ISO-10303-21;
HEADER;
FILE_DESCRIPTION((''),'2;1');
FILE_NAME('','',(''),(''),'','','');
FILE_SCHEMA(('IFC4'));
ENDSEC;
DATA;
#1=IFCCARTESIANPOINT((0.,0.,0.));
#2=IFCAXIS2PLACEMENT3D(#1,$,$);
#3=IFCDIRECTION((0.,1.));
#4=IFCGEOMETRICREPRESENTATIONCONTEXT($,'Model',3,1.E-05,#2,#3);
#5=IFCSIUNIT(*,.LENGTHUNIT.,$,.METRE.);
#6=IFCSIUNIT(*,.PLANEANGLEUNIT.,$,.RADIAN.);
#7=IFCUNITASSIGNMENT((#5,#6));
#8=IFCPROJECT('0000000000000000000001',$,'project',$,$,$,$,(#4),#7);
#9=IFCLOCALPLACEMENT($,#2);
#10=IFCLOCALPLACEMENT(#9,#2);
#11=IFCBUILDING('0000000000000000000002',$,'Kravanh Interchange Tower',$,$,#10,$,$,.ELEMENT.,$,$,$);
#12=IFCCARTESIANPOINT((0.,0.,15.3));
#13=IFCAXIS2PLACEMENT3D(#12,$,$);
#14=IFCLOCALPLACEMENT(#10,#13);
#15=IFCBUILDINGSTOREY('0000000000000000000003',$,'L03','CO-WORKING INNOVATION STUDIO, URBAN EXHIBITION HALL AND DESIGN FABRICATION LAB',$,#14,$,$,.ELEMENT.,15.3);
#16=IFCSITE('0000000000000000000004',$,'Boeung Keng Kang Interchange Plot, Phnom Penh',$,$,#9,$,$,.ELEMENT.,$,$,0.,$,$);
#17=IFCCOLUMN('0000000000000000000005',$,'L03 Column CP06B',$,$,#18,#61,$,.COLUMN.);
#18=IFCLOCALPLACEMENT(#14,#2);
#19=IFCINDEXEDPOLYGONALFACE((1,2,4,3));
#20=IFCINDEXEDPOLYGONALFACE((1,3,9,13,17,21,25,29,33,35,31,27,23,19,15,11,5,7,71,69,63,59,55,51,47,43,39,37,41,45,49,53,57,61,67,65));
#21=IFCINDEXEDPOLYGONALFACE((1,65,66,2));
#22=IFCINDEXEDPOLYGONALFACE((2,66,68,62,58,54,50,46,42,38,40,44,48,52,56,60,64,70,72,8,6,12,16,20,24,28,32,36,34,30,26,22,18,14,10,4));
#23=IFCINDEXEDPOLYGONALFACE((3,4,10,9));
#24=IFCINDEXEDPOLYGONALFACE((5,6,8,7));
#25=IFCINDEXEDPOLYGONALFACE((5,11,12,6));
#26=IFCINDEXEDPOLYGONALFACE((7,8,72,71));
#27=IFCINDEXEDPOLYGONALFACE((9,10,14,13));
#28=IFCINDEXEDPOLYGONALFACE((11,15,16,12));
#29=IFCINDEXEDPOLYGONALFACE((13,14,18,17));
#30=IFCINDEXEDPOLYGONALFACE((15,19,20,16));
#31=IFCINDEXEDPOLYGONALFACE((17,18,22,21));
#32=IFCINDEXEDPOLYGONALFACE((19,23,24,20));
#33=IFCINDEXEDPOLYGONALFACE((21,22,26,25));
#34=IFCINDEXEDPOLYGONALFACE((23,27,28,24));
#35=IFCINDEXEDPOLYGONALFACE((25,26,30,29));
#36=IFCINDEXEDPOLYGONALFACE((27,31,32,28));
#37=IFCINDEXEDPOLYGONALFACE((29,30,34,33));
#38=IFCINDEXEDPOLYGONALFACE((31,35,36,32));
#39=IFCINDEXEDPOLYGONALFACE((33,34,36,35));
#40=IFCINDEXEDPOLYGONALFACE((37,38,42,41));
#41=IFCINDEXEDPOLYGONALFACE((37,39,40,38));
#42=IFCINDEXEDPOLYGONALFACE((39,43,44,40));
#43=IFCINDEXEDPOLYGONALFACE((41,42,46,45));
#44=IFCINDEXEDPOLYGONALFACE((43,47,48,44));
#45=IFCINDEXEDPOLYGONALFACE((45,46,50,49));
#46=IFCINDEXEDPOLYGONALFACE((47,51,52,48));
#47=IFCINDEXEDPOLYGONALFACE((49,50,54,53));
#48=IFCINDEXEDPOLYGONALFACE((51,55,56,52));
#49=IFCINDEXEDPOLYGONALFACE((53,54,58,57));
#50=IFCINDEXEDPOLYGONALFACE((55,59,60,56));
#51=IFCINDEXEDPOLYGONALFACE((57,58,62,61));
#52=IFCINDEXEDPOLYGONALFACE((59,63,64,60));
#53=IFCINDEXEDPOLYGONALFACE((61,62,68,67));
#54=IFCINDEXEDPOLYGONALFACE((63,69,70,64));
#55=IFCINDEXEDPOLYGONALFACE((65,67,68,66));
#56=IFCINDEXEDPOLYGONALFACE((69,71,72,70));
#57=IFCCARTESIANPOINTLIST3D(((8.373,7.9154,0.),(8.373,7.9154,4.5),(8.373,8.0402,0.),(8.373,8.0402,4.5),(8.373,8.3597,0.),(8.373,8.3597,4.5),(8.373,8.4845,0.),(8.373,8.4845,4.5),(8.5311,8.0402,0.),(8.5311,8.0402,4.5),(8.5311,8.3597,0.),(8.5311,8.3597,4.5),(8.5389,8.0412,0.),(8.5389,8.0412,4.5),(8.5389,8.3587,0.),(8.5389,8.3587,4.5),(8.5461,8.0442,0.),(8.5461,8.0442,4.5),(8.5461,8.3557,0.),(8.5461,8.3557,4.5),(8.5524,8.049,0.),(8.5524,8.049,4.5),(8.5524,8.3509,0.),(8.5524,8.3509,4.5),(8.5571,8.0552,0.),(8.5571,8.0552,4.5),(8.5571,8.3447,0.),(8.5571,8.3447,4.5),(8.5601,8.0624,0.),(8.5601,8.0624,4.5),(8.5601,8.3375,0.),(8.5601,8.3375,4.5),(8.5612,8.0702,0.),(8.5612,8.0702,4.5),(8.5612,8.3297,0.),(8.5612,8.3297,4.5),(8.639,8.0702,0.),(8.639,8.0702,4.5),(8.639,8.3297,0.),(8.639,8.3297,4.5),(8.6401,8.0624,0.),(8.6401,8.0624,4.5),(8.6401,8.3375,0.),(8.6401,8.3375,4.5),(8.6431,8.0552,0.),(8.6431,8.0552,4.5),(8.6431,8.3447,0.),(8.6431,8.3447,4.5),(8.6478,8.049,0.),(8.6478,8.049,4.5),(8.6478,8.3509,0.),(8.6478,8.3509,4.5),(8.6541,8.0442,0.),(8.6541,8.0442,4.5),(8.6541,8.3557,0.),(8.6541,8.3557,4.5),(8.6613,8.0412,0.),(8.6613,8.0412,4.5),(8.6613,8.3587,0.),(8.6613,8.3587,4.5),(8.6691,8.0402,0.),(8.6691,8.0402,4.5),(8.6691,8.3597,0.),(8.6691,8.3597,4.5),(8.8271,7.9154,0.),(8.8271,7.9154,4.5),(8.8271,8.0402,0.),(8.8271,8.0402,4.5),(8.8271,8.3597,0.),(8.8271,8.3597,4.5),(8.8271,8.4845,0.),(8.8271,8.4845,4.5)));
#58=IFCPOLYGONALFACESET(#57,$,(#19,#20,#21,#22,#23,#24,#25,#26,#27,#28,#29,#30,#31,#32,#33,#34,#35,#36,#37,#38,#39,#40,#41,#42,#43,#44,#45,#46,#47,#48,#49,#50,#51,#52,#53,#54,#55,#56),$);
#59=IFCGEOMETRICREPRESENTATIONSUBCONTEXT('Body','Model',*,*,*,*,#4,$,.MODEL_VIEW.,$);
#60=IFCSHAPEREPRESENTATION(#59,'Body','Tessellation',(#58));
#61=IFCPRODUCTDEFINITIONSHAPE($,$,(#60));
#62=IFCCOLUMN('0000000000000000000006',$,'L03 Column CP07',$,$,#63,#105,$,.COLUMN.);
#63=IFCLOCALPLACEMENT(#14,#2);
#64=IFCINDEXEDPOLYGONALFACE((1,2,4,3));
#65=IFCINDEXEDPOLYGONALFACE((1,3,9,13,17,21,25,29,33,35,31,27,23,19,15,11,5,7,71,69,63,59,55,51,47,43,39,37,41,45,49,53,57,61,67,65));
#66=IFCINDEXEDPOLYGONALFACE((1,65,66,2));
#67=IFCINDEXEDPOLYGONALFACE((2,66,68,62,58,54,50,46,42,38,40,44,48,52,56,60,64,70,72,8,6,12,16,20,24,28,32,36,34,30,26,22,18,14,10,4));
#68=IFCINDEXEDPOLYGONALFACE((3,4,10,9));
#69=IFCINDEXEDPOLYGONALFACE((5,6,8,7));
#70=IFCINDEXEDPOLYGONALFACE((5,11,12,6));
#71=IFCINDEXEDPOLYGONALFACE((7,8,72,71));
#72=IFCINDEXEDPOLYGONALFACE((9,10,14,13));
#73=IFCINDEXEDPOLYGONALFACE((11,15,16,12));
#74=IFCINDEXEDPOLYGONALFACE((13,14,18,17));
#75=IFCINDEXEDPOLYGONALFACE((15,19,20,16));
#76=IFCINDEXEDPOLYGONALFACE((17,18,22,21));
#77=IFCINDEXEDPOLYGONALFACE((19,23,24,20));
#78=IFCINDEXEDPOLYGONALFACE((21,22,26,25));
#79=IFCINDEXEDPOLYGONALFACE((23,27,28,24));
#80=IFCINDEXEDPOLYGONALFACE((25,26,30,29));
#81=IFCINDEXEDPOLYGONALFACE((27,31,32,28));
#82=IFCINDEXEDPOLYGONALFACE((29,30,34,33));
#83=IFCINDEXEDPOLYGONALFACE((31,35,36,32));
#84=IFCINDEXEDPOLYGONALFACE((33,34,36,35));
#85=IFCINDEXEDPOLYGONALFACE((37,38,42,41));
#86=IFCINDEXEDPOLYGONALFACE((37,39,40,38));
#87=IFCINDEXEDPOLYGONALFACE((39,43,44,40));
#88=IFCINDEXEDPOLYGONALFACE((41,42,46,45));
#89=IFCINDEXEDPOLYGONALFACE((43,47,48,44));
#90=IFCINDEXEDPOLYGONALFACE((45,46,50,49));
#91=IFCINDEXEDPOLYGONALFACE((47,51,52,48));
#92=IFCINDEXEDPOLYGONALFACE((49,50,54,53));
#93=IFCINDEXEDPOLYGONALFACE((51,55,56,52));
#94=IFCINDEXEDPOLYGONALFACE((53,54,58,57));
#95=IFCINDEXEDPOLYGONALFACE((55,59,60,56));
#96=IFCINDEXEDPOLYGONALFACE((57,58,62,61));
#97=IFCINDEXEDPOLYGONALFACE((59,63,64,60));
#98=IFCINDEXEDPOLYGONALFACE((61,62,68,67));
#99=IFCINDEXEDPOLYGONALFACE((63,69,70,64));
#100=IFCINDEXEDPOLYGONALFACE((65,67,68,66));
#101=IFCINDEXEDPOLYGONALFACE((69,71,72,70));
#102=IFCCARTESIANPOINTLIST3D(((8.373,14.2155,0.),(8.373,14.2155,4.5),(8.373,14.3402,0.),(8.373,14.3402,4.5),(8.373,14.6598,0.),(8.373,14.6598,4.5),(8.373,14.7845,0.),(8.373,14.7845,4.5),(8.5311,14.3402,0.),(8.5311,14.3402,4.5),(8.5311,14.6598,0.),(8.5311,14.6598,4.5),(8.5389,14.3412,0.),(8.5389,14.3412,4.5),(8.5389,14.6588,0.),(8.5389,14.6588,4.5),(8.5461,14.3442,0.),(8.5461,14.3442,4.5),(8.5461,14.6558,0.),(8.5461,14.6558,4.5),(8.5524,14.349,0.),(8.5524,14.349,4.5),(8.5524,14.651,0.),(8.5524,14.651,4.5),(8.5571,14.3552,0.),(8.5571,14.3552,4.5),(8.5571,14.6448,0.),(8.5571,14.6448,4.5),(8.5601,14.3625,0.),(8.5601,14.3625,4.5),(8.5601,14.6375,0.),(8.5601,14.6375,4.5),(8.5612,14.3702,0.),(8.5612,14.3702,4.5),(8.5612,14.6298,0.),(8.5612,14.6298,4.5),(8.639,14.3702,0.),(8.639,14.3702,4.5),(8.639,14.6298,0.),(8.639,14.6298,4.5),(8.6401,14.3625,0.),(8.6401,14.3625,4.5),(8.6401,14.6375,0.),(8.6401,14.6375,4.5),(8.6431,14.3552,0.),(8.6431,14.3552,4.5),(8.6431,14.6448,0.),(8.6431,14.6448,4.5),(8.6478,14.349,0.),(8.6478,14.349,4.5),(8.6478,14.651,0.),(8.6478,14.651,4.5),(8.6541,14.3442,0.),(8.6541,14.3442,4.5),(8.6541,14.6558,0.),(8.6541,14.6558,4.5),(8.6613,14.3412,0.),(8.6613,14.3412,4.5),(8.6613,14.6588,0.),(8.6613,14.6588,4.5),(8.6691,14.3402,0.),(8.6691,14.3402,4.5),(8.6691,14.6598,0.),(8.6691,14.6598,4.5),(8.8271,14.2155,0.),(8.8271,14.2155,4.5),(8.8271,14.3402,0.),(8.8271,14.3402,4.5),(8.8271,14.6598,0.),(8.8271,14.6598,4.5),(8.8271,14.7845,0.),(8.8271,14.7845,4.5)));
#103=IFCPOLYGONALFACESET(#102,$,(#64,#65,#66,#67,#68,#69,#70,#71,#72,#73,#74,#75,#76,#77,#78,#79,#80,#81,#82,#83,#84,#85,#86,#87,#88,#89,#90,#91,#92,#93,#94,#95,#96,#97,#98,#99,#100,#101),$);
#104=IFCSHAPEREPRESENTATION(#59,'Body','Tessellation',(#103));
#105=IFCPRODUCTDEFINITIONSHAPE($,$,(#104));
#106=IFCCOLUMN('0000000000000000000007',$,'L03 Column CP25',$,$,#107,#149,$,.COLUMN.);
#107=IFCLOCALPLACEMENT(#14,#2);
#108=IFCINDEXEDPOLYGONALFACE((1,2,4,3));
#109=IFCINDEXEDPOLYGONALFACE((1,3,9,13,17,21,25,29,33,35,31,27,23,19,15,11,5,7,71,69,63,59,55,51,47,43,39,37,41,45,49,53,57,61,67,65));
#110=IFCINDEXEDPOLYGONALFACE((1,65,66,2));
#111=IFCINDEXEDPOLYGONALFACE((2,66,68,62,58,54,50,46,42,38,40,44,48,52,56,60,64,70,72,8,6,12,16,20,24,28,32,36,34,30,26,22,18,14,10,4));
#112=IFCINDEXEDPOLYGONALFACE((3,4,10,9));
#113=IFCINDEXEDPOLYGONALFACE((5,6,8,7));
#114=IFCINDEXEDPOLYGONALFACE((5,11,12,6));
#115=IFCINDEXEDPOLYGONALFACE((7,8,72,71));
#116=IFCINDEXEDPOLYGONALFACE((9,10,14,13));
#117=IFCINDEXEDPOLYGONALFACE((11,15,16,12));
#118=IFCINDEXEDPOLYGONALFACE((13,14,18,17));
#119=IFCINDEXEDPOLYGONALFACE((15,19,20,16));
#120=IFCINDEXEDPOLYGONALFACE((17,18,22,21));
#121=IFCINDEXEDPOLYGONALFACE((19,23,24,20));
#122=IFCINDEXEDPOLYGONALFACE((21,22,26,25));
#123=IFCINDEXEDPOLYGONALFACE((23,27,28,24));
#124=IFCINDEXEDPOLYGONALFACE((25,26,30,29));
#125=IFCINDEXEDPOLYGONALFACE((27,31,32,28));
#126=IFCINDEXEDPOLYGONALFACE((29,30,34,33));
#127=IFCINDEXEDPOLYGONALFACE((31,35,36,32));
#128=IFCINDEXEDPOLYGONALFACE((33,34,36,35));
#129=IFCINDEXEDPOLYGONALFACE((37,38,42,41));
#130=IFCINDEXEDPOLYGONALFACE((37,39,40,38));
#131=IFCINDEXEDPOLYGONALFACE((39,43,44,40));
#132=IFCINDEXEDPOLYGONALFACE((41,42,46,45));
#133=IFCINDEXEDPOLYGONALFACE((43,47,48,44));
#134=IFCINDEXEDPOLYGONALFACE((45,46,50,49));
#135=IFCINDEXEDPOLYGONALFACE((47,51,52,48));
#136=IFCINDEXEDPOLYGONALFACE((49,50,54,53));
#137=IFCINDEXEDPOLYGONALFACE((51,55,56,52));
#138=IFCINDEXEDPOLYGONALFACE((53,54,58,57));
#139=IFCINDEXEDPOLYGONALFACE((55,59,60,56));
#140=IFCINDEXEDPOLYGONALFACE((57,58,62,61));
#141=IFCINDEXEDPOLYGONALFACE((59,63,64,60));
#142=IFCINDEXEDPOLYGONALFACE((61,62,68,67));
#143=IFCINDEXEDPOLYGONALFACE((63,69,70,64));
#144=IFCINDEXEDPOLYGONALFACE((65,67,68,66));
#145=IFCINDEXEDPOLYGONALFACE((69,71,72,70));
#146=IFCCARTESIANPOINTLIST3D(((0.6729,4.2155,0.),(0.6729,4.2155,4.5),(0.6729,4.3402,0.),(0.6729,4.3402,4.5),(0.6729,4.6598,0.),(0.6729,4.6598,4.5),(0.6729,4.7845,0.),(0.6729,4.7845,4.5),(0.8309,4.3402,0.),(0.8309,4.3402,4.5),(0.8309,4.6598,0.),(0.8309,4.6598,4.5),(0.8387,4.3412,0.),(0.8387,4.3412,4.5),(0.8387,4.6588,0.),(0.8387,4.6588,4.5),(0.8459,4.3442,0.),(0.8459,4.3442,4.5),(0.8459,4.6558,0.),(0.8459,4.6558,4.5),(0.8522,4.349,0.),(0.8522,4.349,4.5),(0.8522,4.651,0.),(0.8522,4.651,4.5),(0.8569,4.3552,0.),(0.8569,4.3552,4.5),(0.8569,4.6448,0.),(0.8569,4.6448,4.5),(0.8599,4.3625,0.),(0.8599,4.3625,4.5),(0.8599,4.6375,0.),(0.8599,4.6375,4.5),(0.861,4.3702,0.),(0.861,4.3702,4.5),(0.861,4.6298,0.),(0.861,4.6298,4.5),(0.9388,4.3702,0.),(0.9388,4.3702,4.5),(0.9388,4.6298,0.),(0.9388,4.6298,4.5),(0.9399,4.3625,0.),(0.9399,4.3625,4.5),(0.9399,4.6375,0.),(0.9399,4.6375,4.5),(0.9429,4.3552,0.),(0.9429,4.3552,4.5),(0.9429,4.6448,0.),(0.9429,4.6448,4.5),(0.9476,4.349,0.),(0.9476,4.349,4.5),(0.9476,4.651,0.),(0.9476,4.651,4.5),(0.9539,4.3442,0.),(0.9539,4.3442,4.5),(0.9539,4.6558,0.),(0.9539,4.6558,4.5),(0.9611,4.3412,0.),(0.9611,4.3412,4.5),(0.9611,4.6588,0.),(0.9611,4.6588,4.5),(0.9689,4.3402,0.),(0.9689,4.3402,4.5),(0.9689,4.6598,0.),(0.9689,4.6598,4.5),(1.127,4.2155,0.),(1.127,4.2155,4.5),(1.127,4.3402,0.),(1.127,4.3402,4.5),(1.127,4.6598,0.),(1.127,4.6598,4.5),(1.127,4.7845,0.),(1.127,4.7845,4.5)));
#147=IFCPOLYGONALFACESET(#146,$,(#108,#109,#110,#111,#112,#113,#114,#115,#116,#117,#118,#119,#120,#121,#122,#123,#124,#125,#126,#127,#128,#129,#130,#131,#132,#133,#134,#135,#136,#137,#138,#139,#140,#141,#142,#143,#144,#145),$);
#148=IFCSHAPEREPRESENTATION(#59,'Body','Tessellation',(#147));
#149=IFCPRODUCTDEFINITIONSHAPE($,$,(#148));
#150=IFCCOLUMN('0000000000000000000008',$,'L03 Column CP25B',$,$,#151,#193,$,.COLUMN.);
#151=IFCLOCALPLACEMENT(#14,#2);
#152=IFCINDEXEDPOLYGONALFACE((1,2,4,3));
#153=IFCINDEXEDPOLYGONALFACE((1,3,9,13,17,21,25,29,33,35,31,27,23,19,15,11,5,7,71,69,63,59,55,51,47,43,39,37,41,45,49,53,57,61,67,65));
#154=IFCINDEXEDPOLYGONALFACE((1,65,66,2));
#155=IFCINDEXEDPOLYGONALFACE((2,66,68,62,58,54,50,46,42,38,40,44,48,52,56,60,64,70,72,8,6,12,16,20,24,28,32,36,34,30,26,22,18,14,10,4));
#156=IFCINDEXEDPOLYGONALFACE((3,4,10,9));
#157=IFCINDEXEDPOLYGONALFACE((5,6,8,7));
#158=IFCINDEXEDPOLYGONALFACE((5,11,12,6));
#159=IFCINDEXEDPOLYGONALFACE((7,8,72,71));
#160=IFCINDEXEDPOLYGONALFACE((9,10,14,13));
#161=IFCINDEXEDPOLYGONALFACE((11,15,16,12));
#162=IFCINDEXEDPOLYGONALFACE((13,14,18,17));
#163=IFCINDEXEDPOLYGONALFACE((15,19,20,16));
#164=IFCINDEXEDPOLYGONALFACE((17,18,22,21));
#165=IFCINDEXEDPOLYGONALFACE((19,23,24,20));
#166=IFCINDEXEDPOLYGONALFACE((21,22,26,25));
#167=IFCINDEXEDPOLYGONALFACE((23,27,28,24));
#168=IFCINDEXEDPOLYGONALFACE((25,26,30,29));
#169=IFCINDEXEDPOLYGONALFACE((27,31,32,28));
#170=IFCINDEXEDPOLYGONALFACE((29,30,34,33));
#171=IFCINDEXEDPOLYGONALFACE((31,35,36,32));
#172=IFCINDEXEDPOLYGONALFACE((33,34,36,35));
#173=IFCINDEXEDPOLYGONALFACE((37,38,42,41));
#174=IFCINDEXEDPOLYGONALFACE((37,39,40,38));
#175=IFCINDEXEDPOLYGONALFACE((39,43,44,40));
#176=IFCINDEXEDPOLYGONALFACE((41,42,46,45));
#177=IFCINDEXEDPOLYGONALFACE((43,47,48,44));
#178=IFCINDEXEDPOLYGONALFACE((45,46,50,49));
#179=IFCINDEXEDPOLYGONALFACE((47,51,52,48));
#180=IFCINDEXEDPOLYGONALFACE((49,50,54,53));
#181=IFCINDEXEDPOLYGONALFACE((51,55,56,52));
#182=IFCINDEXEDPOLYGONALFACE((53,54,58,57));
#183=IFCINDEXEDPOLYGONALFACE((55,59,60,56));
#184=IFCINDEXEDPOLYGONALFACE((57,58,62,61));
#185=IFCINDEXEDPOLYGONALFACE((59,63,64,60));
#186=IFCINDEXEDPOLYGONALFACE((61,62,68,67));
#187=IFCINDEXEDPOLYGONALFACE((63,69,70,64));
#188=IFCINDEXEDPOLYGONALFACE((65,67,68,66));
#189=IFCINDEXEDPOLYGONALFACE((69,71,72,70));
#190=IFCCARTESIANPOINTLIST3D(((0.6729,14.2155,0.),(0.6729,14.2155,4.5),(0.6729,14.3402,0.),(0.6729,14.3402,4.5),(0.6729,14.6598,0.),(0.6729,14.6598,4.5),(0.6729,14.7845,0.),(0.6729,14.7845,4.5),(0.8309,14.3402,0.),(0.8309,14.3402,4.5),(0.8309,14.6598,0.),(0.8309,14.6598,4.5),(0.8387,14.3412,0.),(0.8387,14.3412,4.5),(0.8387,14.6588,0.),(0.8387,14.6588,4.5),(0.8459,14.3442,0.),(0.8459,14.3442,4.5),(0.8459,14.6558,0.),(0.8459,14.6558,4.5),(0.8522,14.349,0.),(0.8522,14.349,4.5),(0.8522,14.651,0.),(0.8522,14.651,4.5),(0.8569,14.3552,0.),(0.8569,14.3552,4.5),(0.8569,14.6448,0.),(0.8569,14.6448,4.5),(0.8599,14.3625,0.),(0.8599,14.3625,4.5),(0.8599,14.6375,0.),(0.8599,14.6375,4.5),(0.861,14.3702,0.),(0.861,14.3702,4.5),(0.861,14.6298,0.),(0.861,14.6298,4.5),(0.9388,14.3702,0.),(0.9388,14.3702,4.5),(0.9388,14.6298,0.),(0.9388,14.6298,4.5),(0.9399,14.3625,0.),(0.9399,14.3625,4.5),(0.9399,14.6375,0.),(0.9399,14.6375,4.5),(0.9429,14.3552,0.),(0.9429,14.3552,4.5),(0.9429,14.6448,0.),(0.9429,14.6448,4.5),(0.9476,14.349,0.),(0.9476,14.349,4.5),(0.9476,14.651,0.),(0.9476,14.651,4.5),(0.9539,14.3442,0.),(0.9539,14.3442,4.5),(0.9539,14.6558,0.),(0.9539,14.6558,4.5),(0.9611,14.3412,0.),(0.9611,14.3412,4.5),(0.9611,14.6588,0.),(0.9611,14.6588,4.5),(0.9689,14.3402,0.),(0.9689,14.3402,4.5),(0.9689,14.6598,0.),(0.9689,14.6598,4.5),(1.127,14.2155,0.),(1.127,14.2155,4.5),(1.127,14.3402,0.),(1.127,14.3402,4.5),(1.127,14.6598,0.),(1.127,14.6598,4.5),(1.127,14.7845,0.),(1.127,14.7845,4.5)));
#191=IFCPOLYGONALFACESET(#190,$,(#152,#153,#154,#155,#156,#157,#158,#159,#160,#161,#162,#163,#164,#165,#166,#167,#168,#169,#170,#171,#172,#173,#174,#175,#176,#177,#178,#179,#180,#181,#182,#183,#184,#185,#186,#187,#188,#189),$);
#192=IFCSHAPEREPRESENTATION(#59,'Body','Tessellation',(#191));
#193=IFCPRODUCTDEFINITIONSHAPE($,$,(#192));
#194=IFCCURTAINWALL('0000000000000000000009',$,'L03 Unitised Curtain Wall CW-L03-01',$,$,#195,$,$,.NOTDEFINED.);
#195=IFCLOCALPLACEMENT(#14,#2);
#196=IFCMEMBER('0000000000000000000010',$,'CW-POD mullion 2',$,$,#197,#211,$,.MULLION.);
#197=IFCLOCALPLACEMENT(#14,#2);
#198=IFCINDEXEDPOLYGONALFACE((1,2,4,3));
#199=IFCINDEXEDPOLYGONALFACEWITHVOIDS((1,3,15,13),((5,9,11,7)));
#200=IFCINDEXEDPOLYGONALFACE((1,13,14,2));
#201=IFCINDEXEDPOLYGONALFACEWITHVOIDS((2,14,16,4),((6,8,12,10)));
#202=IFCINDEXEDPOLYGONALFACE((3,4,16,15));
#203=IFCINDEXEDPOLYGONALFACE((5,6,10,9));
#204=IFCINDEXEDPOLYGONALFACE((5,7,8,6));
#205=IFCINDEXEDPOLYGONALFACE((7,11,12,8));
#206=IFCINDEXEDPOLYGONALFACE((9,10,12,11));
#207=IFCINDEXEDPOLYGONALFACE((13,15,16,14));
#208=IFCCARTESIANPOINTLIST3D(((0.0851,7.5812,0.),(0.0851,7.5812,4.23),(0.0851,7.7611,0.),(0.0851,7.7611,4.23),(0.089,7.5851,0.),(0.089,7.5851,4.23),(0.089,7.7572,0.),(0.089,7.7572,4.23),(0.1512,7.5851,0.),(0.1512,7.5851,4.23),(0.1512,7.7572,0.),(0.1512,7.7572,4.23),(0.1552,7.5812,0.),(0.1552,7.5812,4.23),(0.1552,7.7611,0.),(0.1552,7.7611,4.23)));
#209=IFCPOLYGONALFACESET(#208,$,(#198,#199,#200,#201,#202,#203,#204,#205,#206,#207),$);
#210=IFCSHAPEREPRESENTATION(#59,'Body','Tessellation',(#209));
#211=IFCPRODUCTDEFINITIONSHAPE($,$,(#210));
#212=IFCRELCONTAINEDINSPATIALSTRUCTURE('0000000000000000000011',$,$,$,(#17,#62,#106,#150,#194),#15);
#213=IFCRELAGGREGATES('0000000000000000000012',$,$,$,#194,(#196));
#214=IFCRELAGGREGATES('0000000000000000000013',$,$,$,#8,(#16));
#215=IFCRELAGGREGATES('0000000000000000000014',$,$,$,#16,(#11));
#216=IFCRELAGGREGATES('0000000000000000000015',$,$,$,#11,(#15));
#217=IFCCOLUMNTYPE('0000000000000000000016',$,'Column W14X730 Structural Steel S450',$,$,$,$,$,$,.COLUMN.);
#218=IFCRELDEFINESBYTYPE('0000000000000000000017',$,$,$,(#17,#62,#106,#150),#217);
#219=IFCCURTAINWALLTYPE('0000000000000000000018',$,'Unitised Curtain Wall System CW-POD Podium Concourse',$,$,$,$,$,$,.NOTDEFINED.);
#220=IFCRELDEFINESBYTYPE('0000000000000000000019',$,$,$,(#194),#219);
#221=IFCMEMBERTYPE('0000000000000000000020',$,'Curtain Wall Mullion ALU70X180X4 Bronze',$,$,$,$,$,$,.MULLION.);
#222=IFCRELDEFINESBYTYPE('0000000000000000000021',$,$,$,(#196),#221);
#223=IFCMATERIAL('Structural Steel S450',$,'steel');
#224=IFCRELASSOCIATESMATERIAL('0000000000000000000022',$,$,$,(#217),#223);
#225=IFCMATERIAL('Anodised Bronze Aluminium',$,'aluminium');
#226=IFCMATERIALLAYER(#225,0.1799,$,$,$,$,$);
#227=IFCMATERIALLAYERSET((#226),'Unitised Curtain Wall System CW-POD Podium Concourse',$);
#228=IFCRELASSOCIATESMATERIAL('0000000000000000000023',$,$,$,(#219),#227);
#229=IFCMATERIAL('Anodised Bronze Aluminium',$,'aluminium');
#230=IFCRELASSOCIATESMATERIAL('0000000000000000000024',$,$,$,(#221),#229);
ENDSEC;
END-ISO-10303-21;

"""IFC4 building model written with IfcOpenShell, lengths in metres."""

from ifc_helpers import new_model, si_unit, direction, frame, origin, origin_2d, place, context, subcontext, project, spatial, hollow_rectangle, i_section, extrude, material, layer, layer_set, material_profile, profile_set, type_object, element, aggregate, save


model = new_model("IFC4")

# Units and contexts
model_context = context("Model", 3, precision=1e-05, world=origin(), true_north=direction((0.0, 1.0)))
body_context = subcontext(model_context, "Body", "Model", "MODEL_VIEW")
ifc_project = project(units=[si_unit("LENGTHUNIT", "METRE"), si_unit("PLANEANGLEUNIT", "RADIAN")], contexts=[model_context])

# Site, building, storey
site_placement = place(None, origin())
site = spatial("IfcSite", under=ifc_project, at=site_placement, Name="Boeung Keng Kang Interchange Plot, Phnom Penh", CompositionType="ELEMENT", RefElevation=0.0)
building_placement = place(site_placement, origin())
building = spatial("IfcBuilding", under=site, at=building_placement, Name="Kravanh Interchange Tower", CompositionType="ELEMENT")
storey_placement = place(building_placement, frame((0.0, 0.0, 15.3)))
storey = spatial("IfcBuildingStorey", under=building, at=storey_placement, Name="L03", Description="CO-WORKING INNOVATION STUDIO, URBAN EXHIBITION HALL AND DESIGN FABRICATION LAB", CompositionType="ELEMENT", Elevation=15.3)

# Columns
ifc_material_1 = material(Name="Structural Steel S450", Category="steel")
ifc_material_profile_1 = material_profile(ifc_material_1, i_section(OverallWidth=0.4541, OverallDepth=0.5691, WebThickness=0.0779, FlangeThickness=0.1248, FilletRadius=0.03, at=origin_2d()), Name="W14X730")
ifc_profile_set_1 = profile_set([ifc_material_profile_1], Name="Structural Steel S450")
column_type = type_object("IfcColumnType", Name="Column W14X730 Structural Steel S450", PredefinedType="COLUMN", material=ifc_profile_set_1)
for number, where, z_axis, x_axis, name in (
    (1, (8.6001, 8.2, 0.0), (0.0, 0.0, 1.0), (1.0, 0.0, 0.0), "L03 Column CP06B"),
    (2, (8.6001, 14.5, 0.0), (0.0, 0.0, 1.0), (1.0, 0.0, 0.0), "L03 Column CP07"),
    (3, (0.8999, 4.5, 0.0), (0.0, 0.0, 1.0), (1.0, 0.0, 0.0), "L03 Column CP25"),
    (4, (0.8999, 14.5, 0.0), (0.0, 0.0, 1.0), (1.0, 0.0, 0.0), "L03 Column CP25B"),
):
    element("IfcColumn", number, at=place(storey_placement, frame(where, z_axis=z_axis, x_axis=x_axis)), inside=storey, type_object=column_type, Name=name, PredefinedType="COLUMN", context=body_context, shape_type="SweptSolid", body=[
        extrude(i_section(OverallWidth=0.4541, OverallDepth=0.5691, WebThickness=0.0779, FlangeThickness=0.1248, FilletRadius=0.03, at=origin_2d()), origin(), (0.0, 0.0, 1.0), 4.5),
    ])

# Curtain wall, member
ifc_material_2 = material(Name="Anodised Bronze Aluminium", Category="aluminium")
ifc_layer_1 = layer(ifc_material_2, 0.1799)
ifc_layer_set_1 = layer_set([ifc_layer_1], Name="Unitised Curtain Wall System CW-POD Podium Concourse")
curtain_wall_type = type_object("IfcCurtainWallType", Name="Unitised Curtain Wall System CW-POD Podium Concourse", PredefinedType="NOTDEFINED", material=ifc_layer_set_1)
curtain_wall_placement = place(storey_placement, origin())
curtain_wall = element("IfcCurtainWall", 5, at=curtain_wall_placement, inside=storey, type_object=curtain_wall_type, Name="L03 Unitised Curtain Wall CW-L03-01", PredefinedType="NOTDEFINED")
ifc_material_3 = material(Name="Anodised Bronze Aluminium", Category="aluminium")
ifc_material_profile_2 = material_profile(ifc_material_3, hollow_rectangle(XDim=0.0701, YDim=0.1799, WallThickness=0.0039, at=origin_2d()), Name="ALU70X180X4")
ifc_profile_set_2 = profile_set([ifc_material_profile_2], Name="Anodised Bronze Aluminium")
member_type_1 = type_object("IfcMemberType", Name="Curtain Wall Mullion ALU70X180X4 Bronze", PredefinedType="MULLION", material=ifc_profile_set_2)
member_1_placement = place(storey_placement, frame((0.1201, 7.6711, 0.0), z_axis=(0.0, 0.0, 1.0), x_axis=(-1.0, 0.0, 0.0)))
member_1 = element("IfcMember", 6, at=member_1_placement, type_object=member_type_1, Name="CW-POD mullion 2", PredefinedType="MULLION", context=body_context, shape_type="SweptSolid", body=[
    extrude(hollow_rectangle(XDim=0.0701, YDim=0.1799, WallThickness=0.0039, at=origin_2d()), origin(), (0.0, 0.0, 1.0), 4.23),
])

aggregate(curtain_wall, [member_1])

save(model, "model.ifc")
